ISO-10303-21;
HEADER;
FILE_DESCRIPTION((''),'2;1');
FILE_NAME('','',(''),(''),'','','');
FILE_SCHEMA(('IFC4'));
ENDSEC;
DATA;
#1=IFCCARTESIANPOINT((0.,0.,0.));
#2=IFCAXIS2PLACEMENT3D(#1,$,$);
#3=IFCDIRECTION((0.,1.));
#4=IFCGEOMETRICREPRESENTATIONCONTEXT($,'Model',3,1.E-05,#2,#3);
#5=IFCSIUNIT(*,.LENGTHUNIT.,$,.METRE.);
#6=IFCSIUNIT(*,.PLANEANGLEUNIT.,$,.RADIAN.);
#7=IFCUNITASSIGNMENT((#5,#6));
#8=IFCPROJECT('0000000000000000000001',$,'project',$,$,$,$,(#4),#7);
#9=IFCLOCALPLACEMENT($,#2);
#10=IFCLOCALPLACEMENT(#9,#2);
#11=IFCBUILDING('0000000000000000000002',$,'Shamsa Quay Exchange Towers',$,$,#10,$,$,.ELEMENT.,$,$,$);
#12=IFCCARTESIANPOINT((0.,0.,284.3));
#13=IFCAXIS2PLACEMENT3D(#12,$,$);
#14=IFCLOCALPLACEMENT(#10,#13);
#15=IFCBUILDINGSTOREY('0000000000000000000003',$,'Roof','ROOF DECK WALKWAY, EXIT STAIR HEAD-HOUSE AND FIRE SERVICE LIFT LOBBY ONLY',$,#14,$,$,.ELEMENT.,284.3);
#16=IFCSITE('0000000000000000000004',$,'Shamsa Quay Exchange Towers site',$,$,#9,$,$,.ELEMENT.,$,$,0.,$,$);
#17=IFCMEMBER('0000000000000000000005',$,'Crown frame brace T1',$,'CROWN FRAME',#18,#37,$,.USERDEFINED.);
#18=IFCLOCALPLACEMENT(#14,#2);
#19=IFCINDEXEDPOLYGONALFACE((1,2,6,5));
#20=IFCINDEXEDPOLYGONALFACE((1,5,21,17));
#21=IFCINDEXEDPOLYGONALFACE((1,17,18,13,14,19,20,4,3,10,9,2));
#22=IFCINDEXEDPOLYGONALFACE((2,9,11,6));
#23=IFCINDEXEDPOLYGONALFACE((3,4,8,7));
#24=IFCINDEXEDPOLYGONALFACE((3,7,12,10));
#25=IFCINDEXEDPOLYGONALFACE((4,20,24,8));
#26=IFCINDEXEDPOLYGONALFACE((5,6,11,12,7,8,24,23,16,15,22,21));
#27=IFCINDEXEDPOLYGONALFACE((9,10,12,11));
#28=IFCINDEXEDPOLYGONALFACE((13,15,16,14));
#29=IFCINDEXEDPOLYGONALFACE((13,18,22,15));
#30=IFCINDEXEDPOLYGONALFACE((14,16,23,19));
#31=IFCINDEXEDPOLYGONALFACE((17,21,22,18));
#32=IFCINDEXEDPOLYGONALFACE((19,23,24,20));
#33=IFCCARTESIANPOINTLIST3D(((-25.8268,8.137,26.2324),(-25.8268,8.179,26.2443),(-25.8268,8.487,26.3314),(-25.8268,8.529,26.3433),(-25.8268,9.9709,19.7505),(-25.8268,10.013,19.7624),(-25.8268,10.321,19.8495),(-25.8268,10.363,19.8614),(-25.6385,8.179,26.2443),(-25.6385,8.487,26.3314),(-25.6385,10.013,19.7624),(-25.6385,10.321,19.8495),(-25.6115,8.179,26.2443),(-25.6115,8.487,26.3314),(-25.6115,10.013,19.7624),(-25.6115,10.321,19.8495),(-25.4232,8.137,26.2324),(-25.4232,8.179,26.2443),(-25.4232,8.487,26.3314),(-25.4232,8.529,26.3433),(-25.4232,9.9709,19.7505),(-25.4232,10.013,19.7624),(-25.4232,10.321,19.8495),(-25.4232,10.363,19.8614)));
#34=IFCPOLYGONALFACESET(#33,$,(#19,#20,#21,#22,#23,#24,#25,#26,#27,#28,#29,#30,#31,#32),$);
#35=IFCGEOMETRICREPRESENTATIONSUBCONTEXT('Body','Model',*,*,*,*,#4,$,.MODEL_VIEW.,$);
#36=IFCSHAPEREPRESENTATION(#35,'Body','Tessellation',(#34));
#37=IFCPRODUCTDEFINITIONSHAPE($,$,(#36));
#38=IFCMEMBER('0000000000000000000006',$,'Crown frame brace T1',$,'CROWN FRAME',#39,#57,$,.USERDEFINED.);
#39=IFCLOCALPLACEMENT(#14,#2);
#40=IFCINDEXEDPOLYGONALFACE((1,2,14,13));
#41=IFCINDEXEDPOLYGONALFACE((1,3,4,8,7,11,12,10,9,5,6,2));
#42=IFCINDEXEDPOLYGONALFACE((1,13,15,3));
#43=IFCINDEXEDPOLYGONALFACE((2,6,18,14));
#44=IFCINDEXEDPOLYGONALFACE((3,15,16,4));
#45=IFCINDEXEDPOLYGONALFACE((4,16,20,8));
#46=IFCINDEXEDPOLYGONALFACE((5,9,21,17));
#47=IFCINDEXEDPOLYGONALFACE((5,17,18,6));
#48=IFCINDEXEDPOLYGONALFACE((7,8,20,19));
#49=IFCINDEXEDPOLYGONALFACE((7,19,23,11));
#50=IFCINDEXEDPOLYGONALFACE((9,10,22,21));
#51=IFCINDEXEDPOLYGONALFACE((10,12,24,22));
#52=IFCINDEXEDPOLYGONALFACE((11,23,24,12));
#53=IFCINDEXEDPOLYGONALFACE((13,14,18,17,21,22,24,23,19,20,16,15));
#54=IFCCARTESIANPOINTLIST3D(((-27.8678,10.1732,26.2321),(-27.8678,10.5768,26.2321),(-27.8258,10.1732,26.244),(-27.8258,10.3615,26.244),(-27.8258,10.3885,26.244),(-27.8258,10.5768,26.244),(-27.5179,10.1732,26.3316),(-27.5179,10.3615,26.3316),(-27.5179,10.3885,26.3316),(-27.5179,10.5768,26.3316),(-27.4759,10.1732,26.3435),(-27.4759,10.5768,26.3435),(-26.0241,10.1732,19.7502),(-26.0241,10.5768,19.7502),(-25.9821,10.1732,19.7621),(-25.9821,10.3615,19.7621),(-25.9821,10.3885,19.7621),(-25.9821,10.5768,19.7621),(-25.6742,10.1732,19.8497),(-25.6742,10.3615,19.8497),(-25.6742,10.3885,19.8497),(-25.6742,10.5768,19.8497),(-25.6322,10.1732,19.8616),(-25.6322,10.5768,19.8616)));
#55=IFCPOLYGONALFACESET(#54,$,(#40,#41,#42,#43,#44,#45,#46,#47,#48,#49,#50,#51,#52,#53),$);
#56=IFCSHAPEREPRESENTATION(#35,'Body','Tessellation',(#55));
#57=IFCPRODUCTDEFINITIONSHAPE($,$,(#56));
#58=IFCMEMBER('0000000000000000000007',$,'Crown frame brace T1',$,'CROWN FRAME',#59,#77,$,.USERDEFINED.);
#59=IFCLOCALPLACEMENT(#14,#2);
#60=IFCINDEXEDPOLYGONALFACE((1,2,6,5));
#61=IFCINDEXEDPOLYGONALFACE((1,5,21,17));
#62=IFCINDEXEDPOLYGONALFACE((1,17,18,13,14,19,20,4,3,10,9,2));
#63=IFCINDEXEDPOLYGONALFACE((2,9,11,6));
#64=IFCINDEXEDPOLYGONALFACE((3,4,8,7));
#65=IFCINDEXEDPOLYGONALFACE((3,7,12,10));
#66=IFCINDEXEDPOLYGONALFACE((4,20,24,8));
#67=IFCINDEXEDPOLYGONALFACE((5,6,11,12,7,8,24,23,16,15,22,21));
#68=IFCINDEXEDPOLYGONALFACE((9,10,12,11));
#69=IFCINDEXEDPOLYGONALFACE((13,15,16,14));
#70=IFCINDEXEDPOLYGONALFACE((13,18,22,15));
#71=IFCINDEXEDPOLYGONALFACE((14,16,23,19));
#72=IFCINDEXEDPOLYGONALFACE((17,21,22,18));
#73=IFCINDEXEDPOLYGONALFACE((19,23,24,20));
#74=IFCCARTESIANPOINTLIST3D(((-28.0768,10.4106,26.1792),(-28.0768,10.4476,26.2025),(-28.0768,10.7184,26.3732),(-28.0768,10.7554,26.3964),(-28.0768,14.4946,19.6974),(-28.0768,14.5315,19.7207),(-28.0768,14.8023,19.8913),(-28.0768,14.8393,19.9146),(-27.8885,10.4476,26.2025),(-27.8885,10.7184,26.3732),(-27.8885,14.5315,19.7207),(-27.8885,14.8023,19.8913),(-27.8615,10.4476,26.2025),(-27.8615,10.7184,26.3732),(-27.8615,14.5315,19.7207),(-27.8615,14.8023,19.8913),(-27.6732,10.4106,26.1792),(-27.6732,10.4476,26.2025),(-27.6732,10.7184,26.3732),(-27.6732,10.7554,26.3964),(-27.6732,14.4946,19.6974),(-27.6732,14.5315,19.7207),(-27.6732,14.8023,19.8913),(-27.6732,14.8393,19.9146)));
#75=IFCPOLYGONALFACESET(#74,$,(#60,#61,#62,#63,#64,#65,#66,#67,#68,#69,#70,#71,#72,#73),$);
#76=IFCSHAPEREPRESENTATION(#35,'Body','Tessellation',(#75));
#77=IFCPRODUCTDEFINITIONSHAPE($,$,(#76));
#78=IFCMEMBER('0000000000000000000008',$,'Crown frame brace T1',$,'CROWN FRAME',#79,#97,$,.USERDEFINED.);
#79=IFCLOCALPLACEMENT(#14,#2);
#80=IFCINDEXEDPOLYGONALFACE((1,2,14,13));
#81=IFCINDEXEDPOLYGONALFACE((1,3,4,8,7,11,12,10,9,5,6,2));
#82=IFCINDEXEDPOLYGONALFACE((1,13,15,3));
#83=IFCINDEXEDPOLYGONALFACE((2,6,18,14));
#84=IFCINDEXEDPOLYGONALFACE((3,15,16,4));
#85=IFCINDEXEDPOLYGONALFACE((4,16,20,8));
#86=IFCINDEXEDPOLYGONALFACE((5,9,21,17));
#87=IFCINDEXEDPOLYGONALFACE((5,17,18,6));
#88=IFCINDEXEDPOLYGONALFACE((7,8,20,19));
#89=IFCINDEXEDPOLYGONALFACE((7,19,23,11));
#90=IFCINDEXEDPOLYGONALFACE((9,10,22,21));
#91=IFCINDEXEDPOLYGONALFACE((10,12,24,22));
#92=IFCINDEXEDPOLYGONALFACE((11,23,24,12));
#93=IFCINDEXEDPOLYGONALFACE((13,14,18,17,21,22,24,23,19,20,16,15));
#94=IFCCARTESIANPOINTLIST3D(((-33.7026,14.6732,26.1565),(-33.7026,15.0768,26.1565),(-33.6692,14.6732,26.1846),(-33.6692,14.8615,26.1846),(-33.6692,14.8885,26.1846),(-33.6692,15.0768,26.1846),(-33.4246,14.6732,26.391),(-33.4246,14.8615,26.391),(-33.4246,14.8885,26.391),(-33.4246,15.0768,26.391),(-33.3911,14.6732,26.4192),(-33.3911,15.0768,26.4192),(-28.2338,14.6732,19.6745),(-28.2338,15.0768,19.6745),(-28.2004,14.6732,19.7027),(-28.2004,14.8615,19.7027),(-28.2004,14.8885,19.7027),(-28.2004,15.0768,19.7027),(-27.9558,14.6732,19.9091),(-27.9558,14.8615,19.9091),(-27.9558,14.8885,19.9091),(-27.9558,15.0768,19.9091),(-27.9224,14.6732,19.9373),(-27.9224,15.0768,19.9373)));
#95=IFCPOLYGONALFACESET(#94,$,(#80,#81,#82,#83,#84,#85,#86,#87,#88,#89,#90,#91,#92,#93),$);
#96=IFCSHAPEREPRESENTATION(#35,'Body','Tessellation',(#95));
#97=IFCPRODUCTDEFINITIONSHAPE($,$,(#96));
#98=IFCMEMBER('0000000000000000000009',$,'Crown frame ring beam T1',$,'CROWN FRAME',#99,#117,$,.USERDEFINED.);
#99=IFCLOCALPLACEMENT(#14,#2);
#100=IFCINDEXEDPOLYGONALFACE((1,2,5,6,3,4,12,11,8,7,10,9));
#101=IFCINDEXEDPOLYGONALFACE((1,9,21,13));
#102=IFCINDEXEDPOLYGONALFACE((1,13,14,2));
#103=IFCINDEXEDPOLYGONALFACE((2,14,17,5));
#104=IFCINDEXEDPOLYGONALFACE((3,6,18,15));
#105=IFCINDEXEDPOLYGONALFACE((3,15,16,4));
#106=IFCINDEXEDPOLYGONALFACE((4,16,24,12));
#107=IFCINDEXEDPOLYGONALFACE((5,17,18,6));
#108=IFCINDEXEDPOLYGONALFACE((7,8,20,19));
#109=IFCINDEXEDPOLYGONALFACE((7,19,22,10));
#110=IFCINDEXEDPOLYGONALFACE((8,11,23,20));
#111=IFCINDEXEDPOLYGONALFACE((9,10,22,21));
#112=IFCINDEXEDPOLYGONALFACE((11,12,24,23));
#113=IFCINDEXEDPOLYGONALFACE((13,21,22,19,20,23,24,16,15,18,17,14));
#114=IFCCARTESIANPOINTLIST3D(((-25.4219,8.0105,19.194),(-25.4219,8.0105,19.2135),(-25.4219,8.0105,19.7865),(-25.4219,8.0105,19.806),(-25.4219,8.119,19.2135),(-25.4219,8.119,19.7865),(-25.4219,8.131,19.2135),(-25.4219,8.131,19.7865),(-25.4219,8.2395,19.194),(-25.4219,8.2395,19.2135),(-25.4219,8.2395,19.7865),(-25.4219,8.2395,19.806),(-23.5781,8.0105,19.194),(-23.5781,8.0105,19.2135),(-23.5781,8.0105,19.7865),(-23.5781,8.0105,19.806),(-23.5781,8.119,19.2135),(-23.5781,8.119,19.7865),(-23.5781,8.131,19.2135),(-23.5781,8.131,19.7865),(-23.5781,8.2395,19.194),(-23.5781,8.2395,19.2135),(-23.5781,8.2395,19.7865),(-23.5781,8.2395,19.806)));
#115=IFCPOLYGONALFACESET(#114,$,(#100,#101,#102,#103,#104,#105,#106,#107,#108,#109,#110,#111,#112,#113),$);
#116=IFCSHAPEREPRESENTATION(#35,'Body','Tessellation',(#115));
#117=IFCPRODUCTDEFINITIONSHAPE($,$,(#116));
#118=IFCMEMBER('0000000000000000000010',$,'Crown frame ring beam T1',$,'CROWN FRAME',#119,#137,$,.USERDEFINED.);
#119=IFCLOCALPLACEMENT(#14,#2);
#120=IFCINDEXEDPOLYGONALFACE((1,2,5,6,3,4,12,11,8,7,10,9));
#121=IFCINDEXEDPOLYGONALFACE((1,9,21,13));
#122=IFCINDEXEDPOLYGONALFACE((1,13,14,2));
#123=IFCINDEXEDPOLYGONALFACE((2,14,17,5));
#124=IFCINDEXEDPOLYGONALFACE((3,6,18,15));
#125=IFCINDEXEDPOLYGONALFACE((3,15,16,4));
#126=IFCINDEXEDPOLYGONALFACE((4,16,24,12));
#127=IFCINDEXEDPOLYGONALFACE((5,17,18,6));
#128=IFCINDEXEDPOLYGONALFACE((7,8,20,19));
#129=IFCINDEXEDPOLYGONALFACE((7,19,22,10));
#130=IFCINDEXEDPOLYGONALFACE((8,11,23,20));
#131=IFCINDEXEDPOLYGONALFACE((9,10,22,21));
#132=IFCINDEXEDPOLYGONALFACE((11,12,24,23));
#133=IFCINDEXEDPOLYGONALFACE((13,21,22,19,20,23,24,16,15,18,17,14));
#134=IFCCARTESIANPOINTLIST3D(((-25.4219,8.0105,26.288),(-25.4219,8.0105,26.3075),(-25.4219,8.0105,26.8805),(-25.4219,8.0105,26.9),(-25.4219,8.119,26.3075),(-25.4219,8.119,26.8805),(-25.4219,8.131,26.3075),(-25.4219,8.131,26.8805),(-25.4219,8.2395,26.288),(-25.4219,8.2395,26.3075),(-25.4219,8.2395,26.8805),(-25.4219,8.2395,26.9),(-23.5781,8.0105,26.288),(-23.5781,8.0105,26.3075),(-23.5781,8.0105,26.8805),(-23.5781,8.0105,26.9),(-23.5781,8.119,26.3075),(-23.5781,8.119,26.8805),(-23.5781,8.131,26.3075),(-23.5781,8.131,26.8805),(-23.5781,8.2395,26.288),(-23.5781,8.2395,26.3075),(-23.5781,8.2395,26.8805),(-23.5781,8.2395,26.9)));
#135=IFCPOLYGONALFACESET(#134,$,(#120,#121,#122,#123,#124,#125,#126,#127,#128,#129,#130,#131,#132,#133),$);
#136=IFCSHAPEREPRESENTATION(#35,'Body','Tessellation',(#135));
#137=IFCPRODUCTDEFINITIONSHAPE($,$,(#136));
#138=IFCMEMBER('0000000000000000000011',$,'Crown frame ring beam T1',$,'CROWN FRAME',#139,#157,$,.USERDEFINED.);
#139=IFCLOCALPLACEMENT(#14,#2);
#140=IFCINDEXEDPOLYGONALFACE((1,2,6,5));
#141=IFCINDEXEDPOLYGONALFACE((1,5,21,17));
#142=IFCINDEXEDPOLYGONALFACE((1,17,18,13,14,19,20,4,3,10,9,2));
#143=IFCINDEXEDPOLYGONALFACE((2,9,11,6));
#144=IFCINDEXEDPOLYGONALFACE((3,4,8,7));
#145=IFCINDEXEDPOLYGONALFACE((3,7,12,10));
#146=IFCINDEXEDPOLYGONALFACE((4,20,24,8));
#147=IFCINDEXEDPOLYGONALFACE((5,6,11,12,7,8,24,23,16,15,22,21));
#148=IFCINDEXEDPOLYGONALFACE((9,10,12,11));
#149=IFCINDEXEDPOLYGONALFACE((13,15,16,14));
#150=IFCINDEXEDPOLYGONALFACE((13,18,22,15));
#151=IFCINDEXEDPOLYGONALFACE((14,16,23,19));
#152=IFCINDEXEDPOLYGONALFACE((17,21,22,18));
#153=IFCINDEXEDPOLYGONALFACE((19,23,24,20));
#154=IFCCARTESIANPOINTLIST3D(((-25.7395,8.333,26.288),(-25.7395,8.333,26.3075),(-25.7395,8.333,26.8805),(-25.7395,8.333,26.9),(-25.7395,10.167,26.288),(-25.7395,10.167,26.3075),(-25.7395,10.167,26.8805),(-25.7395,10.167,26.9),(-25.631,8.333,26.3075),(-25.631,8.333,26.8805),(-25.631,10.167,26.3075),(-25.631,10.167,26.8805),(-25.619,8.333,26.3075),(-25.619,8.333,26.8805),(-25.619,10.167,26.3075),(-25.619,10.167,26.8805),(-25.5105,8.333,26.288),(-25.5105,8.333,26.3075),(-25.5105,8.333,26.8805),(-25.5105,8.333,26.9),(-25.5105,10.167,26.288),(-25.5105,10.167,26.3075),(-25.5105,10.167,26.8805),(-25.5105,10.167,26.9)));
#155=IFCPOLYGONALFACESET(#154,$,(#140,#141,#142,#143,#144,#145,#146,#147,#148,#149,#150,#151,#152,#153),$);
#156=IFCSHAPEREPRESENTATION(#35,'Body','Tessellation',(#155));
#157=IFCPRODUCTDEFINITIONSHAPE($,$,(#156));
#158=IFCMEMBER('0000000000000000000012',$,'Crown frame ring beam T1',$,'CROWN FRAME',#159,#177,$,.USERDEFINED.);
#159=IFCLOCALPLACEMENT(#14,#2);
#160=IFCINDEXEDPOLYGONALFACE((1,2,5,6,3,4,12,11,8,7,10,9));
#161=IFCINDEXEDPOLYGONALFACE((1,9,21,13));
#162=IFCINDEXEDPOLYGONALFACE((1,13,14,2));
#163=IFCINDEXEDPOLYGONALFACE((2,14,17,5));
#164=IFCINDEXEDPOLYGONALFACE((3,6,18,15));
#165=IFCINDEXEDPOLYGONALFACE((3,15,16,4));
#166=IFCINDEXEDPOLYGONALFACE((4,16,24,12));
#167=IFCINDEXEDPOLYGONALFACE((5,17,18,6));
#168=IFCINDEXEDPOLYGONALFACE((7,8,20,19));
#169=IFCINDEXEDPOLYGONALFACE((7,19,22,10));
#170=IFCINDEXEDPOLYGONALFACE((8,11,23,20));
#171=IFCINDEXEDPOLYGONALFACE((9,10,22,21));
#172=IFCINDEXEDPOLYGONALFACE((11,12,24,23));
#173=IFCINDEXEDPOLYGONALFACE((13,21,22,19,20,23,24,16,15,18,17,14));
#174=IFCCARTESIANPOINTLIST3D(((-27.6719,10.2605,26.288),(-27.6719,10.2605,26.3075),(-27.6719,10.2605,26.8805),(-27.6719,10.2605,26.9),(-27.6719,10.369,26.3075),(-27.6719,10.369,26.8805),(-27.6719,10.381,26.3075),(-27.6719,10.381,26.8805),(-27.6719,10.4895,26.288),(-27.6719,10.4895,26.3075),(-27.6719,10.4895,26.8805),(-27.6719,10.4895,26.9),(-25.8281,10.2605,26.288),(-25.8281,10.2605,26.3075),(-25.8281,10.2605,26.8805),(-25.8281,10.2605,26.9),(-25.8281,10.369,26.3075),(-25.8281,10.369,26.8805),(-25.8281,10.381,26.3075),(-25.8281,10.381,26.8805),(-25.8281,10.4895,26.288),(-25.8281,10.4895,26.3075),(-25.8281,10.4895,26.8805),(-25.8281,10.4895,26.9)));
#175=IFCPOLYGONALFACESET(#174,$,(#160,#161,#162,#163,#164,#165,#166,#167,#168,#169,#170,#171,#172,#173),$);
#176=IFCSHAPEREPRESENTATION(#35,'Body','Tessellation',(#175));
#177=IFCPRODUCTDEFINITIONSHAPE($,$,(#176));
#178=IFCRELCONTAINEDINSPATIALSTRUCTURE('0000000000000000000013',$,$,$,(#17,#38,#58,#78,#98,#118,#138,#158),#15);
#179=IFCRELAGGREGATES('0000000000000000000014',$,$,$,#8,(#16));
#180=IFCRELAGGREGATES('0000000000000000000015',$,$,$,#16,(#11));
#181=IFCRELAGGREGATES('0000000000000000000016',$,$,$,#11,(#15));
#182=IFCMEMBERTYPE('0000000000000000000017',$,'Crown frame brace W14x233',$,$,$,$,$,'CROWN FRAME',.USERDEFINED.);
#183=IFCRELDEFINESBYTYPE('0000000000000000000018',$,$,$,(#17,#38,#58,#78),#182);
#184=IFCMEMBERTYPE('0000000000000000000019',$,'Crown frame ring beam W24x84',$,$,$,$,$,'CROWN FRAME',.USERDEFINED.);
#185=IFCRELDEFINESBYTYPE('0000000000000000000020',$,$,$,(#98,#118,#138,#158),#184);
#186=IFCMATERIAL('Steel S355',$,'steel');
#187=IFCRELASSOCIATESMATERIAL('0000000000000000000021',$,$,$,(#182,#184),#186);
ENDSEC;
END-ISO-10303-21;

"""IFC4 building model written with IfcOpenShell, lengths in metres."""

from ifc_helpers import new_model, si_unit, direction, frame, origin, origin_2d, place, context, subcontext, project, spatial, i_section, extrude, material, material_profile, profile_set, type_object, element, save


model = new_model("IFC4")

# Units and contexts
model_context = context("Model", 3, precision=1e-05, world=origin(), true_north=direction((0.0, 1.0)))
body_context = subcontext(model_context, "Body", "Model", "MODEL_VIEW")
ifc_project = project(units=[si_unit("LENGTHUNIT", "METRE"), si_unit("PLANEANGLEUNIT", "RADIAN")], contexts=[model_context])

# Site, building, storey
site_placement = place(None, origin())
site = spatial("IfcSite", under=ifc_project, at=site_placement, Name="Shamsa Quay Exchange Towers site", CompositionType="ELEMENT", RefElevation=0.0)
building_placement = place(site_placement, origin())
building = spatial("IfcBuilding", under=site, at=building_placement, Name="Shamsa Quay Exchange Towers", CompositionType="ELEMENT")
storey_placement = place(building_placement, frame((0.0, 0.0, 284.3)))
storey = spatial("IfcBuildingStorey", under=building, at=storey_placement, Name="Roof", Description="ROOF DECK WALKWAY, EXIT STAIR HEAD-HOUSE AND FIRE SERVICE LIFT LOBBY ONLY", CompositionType="ELEMENT", Elevation=284.3)

# Members
ifc_material_1 = material(Name="Steel S355", Category="steel")
ifc_material_profile_1 = material_profile(ifc_material_1, i_section(OverallWidth=0.4036, OverallDepth=0.4075, WebThickness=0.0271, FlangeThickness=0.0437, at=origin_2d()), Name="W14x233")
ifc_profile_set_1 = profile_set([ifc_material_profile_1], Name="Steel S355")
member_type_1 = type_object("IfcMemberType", Name="Crown frame brace W14x233", ElementType="CROWN FRAME", PredefinedType="USERDEFINED", material=ifc_profile_set_1)
member_1_placement = place(storey_placement, frame((-25.625, 8.333, 26.2878), z_axis=(0.0, 0.27225, -0.962226), x_axis=(-1.0, 0.0, 0.0)))
element("IfcMember", 1, at=member_1_placement, inside=storey, type_object=member_type_1, Name="Crown frame brace T1", ObjectType="CROWN FRAME", PredefinedType="USERDEFINED", context=body_context, shape_type="SweptSolid", body=[
    extrude(i_section(OverallWidth=0.4036, OverallDepth=0.4075, WebThickness=0.0271, FlangeThickness=0.0437, at=origin_2d()), origin(), (0.0, 0.0, 1.0), 6.7363),
])
member_2_placement = place(storey_placement, frame((-25.8281, 10.375, 19.8059), z_axis=(-0.273592, 0.0, 0.961846), x_axis=(0.0, -1.0, 0.0)))
element("IfcMember", 2, at=member_2_placement, inside=storey, type_object=member_type_1, Name="Crown frame brace T1", ObjectType="CROWN FRAME", PredefinedType="USERDEFINED", context=body_context, shape_type="SweptSolid", body=[
    extrude(i_section(OverallWidth=0.4036, OverallDepth=0.4075, WebThickness=0.0271, FlangeThickness=0.0437, at=origin_2d()), origin(), (0.0, 0.0, 1.0), 6.739),
])
member_3_placement = place(storey_placement, frame((-27.875, 10.583, 26.2878), z_axis=(0.0, 0.533072, -0.84607), x_axis=(-1.0, 0.0, 0.0)))
element("IfcMember", 3, at=member_3_placement, inside=storey, type_object=member_type_1, Name="Crown frame brace T1", ObjectType="CROWN FRAME", PredefinedType="USERDEFINED", context=body_context, shape_type="SweptSolid", body=[
    extrude(i_section(OverallWidth=0.4036, OverallDepth=0.4075, WebThickness=0.0271, FlangeThickness=0.0437, at=origin_2d()), origin(), (0.0, 0.0, 1.0), 7.6611),
])
member_4_placement = place(storey_placement, frame((-28.0781, 14.875, 19.8059), z_axis=(-0.644845, 0.0, 0.764314), x_axis=(0.0, -1.0, 0.0)))
element("IfcMember", 4, at=member_4_placement, inside=storey, type_object=member_type_1, Name="Crown frame brace T1", ObjectType="CROWN FRAME", PredefinedType="USERDEFINED", context=body_context, shape_type="SweptSolid", body=[
    extrude(i_section(OverallWidth=0.4036, OverallDepth=0.4075, WebThickness=0.0271, FlangeThickness=0.0437, at=origin_2d()), origin(), (0.0, 0.0, 1.0), 8.4807),
])
ifc_material_profile_2 = material_profile(ifc_material_1, i_section(OverallWidth=0.229, OverallDepth=0.6121, WebThickness=0.012, FlangeThickness=0.0195, at=origin_2d()), Name="W24x84")
ifc_profile_set_2 = profile_set([ifc_material_profile_2], Name="Steel S355")
member_type_2 = type_object("IfcMemberType", Name="Crown frame ring beam W24x84", ElementType="CROWN FRAME", PredefinedType="USERDEFINED", material=ifc_profile_set_2)
for number, where, z_axis, x_axis, name in (
    (5, (-23.5781, 8.125, 19.5), (-1.0, 0.0, 0.0), (0.0, -1.0, 0.0), "Crown frame ring beam T1"),
    (6, (-23.5781, 8.125, 26.594), (-1.0, 0.0, 0.0), (0.0, -1.0, 0.0), "Crown frame ring beam T1"),
):
    element("IfcMember", number, at=place(storey_placement, frame(where, z_axis=z_axis, x_axis=x_axis)), inside=storey, type_object=member_type_2, Name=name, ObjectType="CROWN FRAME", PredefinedType="USERDEFINED", context=body_context, shape_type="SweptSolid", body=[
        extrude(i_section(OverallWidth=0.229, OverallDepth=0.6121, WebThickness=0.012, FlangeThickness=0.0195, at=origin_2d()), origin(), (0.0, 0.0, 1.0), 1.8438),
    ])
member_5_placement = place(storey_placement, frame((-25.625, 8.333, 26.594), z_axis=(0.0, 1.0, 0.0), x_axis=(-1.0, 0.0, 0.0)))
element("IfcMember", 7, at=member_5_placement, inside=storey, type_object=member_type_2, Name="Crown frame ring beam T1", ObjectType="CROWN FRAME", PredefinedType="USERDEFINED", context=body_context, shape_type="SweptSolid", body=[
    extrude(i_section(OverallWidth=0.229, OverallDepth=0.6121, WebThickness=0.012, FlangeThickness=0.0195, at=origin_2d()), origin(), (0.0, 0.0, 1.0), 1.834),
])
member_6_placement = place(storey_placement, frame((-25.8281, 10.375, 26.594), z_axis=(-1.0, 0.0, 0.0), x_axis=(0.0, -1.0, 0.0)))
element("IfcMember", 8, at=member_6_placement, inside=storey, type_object=member_type_2, Name="Crown frame ring beam T1", ObjectType="CROWN FRAME", PredefinedType="USERDEFINED", context=body_context, shape_type="SweptSolid", body=[
    extrude(i_section(OverallWidth=0.229, OverallDepth=0.6121, WebThickness=0.012, FlangeThickness=0.0195, at=origin_2d()), origin(), (0.0, 0.0, 1.0), 1.8438),
])

save(model, "model.ifc")
